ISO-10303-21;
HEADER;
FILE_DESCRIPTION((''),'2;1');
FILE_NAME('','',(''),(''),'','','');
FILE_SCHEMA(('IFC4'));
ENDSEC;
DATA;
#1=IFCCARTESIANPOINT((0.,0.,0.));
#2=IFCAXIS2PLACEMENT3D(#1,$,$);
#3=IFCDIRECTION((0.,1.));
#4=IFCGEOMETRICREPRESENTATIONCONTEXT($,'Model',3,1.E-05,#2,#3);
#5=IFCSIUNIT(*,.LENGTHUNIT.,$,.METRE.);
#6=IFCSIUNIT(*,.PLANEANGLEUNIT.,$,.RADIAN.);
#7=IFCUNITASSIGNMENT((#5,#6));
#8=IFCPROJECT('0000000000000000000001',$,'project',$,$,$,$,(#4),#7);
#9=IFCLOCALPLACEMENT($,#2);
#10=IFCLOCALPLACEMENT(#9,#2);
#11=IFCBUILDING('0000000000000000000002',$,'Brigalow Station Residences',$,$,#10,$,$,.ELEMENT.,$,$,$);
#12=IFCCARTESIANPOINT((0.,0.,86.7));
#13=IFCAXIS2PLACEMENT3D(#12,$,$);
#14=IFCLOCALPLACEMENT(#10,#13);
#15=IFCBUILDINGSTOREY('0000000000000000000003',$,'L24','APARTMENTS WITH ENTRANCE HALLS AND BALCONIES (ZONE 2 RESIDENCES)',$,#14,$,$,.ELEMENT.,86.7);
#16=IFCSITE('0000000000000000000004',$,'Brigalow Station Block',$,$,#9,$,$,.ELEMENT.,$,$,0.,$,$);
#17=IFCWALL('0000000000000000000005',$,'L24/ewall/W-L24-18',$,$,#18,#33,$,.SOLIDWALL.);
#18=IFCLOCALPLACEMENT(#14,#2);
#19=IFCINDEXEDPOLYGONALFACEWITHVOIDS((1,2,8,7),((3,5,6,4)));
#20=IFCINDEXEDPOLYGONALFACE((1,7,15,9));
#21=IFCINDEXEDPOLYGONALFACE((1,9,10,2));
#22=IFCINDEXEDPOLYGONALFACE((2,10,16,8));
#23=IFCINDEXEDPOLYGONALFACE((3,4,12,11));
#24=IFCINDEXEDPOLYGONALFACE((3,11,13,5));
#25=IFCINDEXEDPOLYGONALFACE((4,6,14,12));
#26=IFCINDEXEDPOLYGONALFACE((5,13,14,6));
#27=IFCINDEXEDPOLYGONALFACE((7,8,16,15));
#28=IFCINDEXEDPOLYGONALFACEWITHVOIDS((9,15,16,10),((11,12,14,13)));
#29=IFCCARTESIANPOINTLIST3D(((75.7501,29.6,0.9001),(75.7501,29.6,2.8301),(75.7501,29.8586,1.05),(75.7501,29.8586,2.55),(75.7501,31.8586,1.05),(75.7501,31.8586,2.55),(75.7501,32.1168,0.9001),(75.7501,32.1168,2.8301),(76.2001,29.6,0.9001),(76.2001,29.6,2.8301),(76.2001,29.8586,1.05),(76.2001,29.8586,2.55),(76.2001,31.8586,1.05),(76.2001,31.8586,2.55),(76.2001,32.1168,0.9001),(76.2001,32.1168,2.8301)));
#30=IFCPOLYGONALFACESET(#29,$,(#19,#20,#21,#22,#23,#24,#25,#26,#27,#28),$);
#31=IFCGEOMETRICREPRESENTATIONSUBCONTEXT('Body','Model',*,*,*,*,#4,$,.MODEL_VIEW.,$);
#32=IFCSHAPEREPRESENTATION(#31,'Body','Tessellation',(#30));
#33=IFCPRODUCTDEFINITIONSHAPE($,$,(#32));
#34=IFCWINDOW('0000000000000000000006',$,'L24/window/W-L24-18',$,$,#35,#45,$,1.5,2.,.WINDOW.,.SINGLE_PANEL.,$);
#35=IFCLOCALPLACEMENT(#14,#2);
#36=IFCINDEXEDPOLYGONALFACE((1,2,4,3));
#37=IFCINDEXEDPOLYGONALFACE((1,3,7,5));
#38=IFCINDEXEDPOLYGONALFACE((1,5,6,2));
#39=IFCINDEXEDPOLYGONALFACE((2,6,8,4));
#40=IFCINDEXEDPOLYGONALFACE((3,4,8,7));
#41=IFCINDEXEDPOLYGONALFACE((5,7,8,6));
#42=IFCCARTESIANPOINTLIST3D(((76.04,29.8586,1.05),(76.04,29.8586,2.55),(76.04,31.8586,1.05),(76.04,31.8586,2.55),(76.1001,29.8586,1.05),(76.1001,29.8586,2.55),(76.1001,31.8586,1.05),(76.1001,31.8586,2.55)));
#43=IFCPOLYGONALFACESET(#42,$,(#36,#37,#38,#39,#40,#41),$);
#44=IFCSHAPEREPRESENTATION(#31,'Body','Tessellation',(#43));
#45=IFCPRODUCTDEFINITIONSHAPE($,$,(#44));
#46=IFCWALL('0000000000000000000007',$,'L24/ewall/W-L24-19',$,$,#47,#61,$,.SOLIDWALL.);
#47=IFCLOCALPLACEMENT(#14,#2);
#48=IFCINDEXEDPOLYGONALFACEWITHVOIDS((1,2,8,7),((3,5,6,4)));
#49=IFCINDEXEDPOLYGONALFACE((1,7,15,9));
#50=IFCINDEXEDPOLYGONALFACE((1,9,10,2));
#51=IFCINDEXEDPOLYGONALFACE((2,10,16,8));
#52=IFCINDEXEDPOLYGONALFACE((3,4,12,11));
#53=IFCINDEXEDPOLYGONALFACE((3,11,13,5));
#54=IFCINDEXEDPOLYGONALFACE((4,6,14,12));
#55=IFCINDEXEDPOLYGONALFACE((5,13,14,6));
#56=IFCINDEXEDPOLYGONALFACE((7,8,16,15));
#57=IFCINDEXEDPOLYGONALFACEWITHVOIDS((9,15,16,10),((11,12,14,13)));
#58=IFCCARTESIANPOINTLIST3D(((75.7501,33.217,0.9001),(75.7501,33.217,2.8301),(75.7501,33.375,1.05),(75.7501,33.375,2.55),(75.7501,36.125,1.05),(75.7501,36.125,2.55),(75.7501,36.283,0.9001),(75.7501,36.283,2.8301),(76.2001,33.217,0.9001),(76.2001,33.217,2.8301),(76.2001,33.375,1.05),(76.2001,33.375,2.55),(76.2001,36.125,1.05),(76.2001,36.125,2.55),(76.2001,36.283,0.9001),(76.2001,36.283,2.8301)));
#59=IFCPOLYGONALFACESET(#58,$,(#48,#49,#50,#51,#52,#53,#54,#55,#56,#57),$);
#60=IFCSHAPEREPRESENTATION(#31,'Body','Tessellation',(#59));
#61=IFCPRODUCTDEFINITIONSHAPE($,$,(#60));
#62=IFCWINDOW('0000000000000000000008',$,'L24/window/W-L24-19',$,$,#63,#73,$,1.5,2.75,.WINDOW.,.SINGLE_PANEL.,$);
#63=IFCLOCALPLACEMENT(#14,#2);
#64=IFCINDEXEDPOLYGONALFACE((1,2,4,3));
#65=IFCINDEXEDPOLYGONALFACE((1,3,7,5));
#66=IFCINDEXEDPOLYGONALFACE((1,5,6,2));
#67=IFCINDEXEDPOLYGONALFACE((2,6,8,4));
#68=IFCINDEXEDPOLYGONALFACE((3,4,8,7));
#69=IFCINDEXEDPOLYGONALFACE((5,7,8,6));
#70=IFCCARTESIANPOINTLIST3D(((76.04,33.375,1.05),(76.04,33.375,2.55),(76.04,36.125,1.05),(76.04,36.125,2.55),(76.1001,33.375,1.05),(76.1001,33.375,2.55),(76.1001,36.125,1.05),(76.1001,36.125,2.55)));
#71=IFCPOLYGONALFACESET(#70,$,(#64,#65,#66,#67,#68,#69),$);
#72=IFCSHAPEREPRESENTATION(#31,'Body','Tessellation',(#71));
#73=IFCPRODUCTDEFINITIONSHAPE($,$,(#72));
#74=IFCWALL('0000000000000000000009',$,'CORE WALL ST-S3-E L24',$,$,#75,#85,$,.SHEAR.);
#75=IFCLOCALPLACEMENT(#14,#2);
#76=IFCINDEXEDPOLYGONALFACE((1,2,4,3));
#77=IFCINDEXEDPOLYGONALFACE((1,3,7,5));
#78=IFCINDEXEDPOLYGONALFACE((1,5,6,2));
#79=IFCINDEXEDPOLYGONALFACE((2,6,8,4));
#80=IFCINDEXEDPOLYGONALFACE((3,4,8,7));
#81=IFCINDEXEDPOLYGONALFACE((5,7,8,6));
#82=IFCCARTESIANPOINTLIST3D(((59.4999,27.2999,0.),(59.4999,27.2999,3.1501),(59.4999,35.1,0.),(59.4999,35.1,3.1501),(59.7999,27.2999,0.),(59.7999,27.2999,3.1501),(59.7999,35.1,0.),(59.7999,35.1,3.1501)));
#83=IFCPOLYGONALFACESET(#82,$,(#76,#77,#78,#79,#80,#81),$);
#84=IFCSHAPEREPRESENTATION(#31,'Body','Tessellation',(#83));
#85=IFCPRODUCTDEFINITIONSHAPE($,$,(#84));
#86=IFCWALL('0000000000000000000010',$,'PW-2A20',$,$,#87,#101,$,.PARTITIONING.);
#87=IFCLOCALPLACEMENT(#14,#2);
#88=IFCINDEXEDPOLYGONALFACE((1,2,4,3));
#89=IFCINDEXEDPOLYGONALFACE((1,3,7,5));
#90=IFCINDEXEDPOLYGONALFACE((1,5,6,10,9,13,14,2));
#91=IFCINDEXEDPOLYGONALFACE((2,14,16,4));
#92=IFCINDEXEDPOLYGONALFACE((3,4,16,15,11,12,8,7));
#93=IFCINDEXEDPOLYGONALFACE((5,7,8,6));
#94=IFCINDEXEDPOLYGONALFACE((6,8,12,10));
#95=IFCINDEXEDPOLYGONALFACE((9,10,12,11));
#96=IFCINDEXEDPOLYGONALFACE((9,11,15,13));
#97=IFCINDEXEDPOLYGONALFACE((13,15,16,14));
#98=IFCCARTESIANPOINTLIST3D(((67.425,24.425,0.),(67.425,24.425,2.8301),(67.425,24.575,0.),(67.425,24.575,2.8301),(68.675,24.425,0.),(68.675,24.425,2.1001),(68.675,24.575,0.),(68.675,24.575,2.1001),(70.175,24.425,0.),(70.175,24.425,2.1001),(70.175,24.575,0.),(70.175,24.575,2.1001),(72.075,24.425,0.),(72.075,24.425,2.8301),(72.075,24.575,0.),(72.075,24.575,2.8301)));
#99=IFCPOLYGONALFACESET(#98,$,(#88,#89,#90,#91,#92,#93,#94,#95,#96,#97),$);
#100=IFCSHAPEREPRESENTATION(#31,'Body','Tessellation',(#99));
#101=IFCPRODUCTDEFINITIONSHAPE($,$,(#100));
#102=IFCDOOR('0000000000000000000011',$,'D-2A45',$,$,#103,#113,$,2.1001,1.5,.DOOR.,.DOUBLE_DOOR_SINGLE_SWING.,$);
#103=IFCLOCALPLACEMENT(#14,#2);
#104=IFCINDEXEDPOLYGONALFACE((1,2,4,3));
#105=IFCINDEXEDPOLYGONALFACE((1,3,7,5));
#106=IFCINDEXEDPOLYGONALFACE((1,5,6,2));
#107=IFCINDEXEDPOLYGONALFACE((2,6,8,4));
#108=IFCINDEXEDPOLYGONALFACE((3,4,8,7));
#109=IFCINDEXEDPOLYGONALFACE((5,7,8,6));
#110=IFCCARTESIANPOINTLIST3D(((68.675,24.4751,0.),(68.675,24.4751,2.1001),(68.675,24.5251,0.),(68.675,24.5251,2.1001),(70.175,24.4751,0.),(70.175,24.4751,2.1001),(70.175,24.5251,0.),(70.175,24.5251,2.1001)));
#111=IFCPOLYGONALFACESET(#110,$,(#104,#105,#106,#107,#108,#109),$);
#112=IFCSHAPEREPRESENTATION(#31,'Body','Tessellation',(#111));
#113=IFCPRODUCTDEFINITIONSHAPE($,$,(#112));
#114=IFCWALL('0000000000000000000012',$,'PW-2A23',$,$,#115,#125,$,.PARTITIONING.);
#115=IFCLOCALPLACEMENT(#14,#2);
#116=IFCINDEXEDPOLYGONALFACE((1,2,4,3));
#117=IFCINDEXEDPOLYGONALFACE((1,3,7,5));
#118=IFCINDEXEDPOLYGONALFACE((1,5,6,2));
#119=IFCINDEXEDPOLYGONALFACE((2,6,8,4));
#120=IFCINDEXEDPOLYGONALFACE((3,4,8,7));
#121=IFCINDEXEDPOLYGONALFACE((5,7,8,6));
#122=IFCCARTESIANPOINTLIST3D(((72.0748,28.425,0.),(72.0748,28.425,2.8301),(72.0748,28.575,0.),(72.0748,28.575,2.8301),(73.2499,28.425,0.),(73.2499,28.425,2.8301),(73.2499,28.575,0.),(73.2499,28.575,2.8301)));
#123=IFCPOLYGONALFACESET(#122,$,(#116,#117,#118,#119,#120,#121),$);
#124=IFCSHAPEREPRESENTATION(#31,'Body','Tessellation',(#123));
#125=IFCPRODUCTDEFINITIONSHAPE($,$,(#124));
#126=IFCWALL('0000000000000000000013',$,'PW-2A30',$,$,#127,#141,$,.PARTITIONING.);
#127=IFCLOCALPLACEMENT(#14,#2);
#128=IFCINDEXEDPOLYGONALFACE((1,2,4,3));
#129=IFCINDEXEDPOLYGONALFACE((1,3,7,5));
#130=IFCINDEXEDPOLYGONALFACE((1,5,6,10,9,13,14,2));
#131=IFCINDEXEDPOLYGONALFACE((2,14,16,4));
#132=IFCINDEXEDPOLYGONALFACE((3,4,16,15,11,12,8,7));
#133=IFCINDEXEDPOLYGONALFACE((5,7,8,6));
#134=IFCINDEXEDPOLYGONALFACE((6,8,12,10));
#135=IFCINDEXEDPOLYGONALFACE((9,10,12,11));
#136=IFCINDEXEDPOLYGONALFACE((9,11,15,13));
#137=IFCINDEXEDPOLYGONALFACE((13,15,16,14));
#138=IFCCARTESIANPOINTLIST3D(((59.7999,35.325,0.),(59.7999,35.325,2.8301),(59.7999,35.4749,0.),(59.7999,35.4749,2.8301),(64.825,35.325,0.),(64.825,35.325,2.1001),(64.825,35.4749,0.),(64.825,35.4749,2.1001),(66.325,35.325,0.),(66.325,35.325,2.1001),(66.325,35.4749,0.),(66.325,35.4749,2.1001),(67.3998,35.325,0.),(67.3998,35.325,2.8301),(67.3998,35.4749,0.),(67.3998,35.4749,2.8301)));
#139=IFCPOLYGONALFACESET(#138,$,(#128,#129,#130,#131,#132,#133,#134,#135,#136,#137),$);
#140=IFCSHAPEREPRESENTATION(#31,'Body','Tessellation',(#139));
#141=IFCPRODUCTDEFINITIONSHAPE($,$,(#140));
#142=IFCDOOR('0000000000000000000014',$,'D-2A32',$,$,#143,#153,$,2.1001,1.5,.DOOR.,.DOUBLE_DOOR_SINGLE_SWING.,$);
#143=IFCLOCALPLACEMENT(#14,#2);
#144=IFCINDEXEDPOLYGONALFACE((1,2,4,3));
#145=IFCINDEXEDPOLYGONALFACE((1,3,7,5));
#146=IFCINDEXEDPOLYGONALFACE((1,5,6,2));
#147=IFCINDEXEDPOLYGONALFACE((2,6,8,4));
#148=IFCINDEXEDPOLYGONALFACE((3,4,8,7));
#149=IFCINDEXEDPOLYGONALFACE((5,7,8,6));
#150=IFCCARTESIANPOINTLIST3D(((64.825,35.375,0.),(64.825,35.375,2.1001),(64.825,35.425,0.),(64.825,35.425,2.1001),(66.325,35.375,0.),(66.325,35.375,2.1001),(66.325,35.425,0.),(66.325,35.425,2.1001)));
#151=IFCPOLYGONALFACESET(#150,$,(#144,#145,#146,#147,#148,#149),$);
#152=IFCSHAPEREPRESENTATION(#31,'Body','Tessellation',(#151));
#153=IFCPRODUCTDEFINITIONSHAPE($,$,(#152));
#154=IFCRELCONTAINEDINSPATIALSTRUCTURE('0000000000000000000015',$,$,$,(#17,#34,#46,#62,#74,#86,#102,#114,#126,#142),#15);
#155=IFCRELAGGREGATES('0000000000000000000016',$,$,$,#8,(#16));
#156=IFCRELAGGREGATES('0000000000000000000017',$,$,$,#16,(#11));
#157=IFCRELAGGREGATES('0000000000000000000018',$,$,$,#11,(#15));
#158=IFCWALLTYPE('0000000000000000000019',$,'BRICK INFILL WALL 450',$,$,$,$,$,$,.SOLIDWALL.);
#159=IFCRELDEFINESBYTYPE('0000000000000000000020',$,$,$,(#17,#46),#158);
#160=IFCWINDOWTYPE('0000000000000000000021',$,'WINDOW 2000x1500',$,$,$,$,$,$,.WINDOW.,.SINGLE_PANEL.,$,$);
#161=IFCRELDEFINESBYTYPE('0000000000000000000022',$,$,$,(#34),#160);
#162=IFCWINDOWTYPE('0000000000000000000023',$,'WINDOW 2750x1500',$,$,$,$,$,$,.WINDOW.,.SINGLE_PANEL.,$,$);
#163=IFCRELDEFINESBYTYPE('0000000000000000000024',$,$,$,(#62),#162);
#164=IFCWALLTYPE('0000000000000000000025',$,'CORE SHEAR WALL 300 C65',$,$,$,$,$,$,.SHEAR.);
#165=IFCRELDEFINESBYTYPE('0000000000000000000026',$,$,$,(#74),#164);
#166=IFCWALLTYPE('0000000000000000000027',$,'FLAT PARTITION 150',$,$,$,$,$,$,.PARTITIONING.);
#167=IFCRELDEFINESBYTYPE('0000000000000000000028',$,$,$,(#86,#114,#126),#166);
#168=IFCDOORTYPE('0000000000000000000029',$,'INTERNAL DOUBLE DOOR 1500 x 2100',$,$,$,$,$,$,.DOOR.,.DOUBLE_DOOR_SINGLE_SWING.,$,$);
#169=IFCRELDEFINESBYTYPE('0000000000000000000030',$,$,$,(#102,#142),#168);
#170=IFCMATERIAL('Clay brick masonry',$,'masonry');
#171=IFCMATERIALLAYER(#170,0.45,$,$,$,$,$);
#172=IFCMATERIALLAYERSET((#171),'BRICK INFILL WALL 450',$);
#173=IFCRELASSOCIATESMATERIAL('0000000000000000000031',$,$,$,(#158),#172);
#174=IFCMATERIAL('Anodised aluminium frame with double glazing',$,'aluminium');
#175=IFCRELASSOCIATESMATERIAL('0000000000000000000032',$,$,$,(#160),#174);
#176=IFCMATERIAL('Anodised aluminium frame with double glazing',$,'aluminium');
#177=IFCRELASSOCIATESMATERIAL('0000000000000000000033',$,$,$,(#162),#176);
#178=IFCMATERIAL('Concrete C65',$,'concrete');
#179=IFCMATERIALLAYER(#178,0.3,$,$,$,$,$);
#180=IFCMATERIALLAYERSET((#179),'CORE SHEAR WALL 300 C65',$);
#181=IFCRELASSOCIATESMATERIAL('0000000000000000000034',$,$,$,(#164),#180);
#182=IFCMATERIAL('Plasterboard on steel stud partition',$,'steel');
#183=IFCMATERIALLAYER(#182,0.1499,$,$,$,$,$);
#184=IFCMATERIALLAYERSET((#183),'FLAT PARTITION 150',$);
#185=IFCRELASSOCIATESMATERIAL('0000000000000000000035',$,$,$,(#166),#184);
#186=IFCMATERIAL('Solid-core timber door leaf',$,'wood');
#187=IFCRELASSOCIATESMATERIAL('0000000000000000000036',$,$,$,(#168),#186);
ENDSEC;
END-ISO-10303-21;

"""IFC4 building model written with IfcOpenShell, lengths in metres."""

from ifc_helpers import new_model, si_unit, direction, frame, frame_2d, origin, place, context, subcontext, project, spatial, rectangle, extrude, material, layer, layer_set, type_object, element, fill, save


model = new_model("IFC4")

# Units and contexts
model_context = context("Model", 3, precision=1e-05, world=origin(), true_north=direction((0.0, 1.0)))
body_context = subcontext(model_context, "Body", "Model", "MODEL_VIEW")
ifc_project = project(units=[si_unit("LENGTHUNIT", "METRE"), si_unit("PLANEANGLEUNIT", "RADIAN")], contexts=[model_context])

# Site, building, storey
site_placement = place(None, origin())
site = spatial("IfcSite", under=ifc_project, at=site_placement, Name="Brigalow Station Block", CompositionType="ELEMENT", RefElevation=0.0)
building_placement = place(site_placement, origin())
building = spatial("IfcBuilding", under=site, at=building_placement, Name="Brigalow Station Residences", CompositionType="ELEMENT")
storey_placement = place(building_placement, frame((0.0, 0.0, 86.7)))
storey = spatial("IfcBuildingStorey", under=building, at=storey_placement, Name="L24", Description="APARTMENTS WITH ENTRANCE HALLS AND BALCONIES (ZONE 2 RESIDENCES)", CompositionType="ELEMENT", Elevation=86.7)

# Shared definitions
ifc_material_1 = material(Name="Clay brick masonry", Category="masonry")
ifc_layer_1 = layer(ifc_material_1, 0.45)
ifc_layer_set_1 = layer_set([ifc_layer_1], Name="BRICK INFILL WALL 450")
wall_type_1 = type_object("IfcWallType", Name="BRICK INFILL WALL 450", PredefinedType="SOLIDWALL", material=ifc_layer_set_1)

# Walls, openings, windows
wall_1_placement = place(storey_placement, frame((75.9751, 29.6001, 0.9001), z_axis=(0.0, 0.0, 1.0), x_axis=(0.0, 1.0, 0.0)))
wall_1 = element("IfcWall", 1, at=wall_1_placement, inside=storey, type_object=wall_type_1, Name="L24/ewall/W-L24-18", PredefinedType="SOLIDWALL", context=body_context, shape_type="SweptSolid", body=[
    extrude(rectangle(XDim=2.5168, YDim=0.45, at=frame_2d((1.2583, 0.0))), origin(), (0.0, 0.0, 1.0), 1.9299),
])
opening_1_placement = place(wall_1_placement, frame((0.2585, 0.0, 0.1499)))
opening_1 = element("IfcOpeningElement", 2, at=opening_1_placement, cuts=wall_1, PredefinedType="OPENING", context=body_context, shape_type="SweptSolid", body=[
    extrude(rectangle(XDim=2.0, YDim=1.5, at=frame_2d((1.0, 0.75))), frame((0.0, 0.2349, 0.0), z_axis=(0.0, -1.0, 0.0), x_axis=(1.0, 0.0, 0.0)), (0.0, 0.0, 1.0), 0.47),
])
ifc_material_2 = material(Name="Anodised aluminium frame with double glazing", Category="aluminium")
window_type_1 = type_object("IfcWindowType", Name="WINDOW 2000x1500", PartitioningType="SINGLE_PANEL", PredefinedType="WINDOW", material=ifc_material_2)
window_1_placement = place(opening_1_placement, origin())
window_1 = element("IfcWindow", 3, at=window_1_placement, inside=storey, type_object=window_type_1, Name="L24/window/W-L24-18", OverallHeight=1.5, OverallWidth=2.0, PartitioningType="SINGLE_PANEL", PredefinedType="WINDOW", context=body_context, shape_type="SweptSolid", body=[
    extrude(rectangle(XDim=2.0, YDim=1.5, at=frame_2d((1.0, 0.75))), frame((0.0, -0.0649, 0.0), z_axis=(0.0, -1.0, 0.0), x_axis=(1.0, 0.0, 0.0)), (0.0, 0.0, 1.0), 0.0601),
])
fill(opening_1, window_1)
wall_2_placement = place(storey_placement, frame((75.9751, 33.217, 0.9001), z_axis=(0.0, 0.0, 1.0), x_axis=(0.0, 1.0, 0.0)))
wall_2 = element("IfcWall", 4, at=wall_2_placement, inside=storey, type_object=wall_type_1, Name="L24/ewall/W-L24-19", PredefinedType="SOLIDWALL", context=body_context, shape_type="SweptSolid", body=[
    extrude(rectangle(XDim=3.0659, YDim=0.45, at=frame_2d((1.533, 0.0))), origin(), (0.0, 0.0, 1.0), 1.9299),
])
opening_2_placement = place(wall_2_placement, frame((0.158, 0.0, 0.1499)))
opening_2 = element("IfcOpeningElement", 5, at=opening_2_placement, cuts=wall_2, PredefinedType="OPENING", context=body_context, shape_type="SweptSolid", body=[
    extrude(rectangle(XDim=2.75, YDim=1.5, at=frame_2d((1.375, 0.75))), frame((0.0, 0.2349, 0.0), z_axis=(0.0, -1.0, 0.0), x_axis=(1.0, 0.0, 0.0)), (0.0, 0.0, 1.0), 0.47),
])
ifc_material_3 = material(Name="Anodised aluminium frame with double glazing", Category="aluminium")
window_type_2 = type_object("IfcWindowType", Name="WINDOW 2750x1500", PartitioningType="SINGLE_PANEL", PredefinedType="WINDOW", material=ifc_material_3)
window_2_placement = place(opening_2_placement, origin())
window_2 = element("IfcWindow", 6, at=window_2_placement, inside=storey, type_object=window_type_2, Name="L24/window/W-L24-19", OverallHeight=1.5, OverallWidth=2.75, PartitioningType="SINGLE_PANEL", PredefinedType="WINDOW", context=body_context, shape_type="SweptSolid", body=[
    extrude(rectangle(XDim=2.75, YDim=1.5, at=frame_2d((1.375, 0.75))), frame((0.0, -0.0649, 0.0), z_axis=(0.0, -1.0, 0.0), x_axis=(1.0, 0.0, 0.0)), (0.0, 0.0, 1.0), 0.0601),
])
fill(opening_2, window_2)

# Wall
ifc_material_4 = material(Name="Concrete C65", Category="concrete")
ifc_layer_2 = layer(ifc_material_4, 0.3)
ifc_layer_set_2 = layer_set([ifc_layer_2], Name="CORE SHEAR WALL 300 C65")
wall_type_2 = type_object("IfcWallType", Name="CORE SHEAR WALL 300 C65", PredefinedType="SHEAR", material=ifc_layer_set_2)
wall_3_placement = place(storey_placement, frame((59.6499, 27.3, 0.0), z_axis=(0.0, 0.0, 1.0), x_axis=(0.0, 1.0, 0.0)))
element("IfcWall", 7, at=wall_3_placement, inside=storey, type_object=wall_type_2, Name="CORE WALL ST-S3-E L24", PredefinedType="SHEAR", context=body_context, shape_type="SweptSolid", body=[
    extrude(rectangle(XDim=7.8, YDim=0.3, at=frame_2d((3.8999, 0.0))), origin(), (0.0, 0.0, 1.0), 3.1501),
])

# Wall, opening, door
ifc_material_5 = material(Name="Plasterboard on steel stud partition", Category="steel")
ifc_layer_3 = layer(ifc_material_5, 0.1499)
ifc_layer_set_3 = layer_set([ifc_layer_3], Name="FLAT PARTITION 150")
wall_type_3 = type_object("IfcWallType", Name="FLAT PARTITION 150", PredefinedType="PARTITIONING", material=ifc_layer_set_3)
wall_4_placement = place(storey_placement, frame((67.425, 24.5, 0.0), z_axis=(0.0, 0.0, 1.0), x_axis=(1.0, 0.0, 0.0)))
wall_4 = element("IfcWall", 8, at=wall_4_placement, inside=storey, type_object=wall_type_3, Name="PW-2A20", PredefinedType="PARTITIONING", context=body_context, shape_type="SweptSolid", body=[
    extrude(rectangle(XDim=4.6499, YDim=0.1499, at=frame_2d((2.325, 0.0))), origin(), (0.0, 0.0, 1.0), 2.8301),
])
opening_3_placement = place(wall_4_placement, frame((1.25, 0.0, 0.0)))
opening_3 = element("IfcOpeningElement", 9, at=opening_3_placement, cuts=wall_4, PredefinedType="OPENING", context=body_context, shape_type="SweptSolid", body=[
    extrude(rectangle(XDim=1.5, YDim=2.1001, at=frame_2d((0.75, 1.05))), frame((0.0, 0.085, 0.0), z_axis=(0.0, -1.0, 0.0), x_axis=(1.0, 0.0, 0.0)), (0.0, 0.0, 1.0), 0.1699),
])
ifc_material_6 = material(Name="Solid-core timber door leaf", Category="wood")
door_type_1 = type_object("IfcDoorType", Name="INTERNAL DOUBLE DOOR 1500 x 2100", OperationType="DOUBLE_DOOR_SINGLE_SWING", PredefinedType="DOOR", material=ifc_material_6)
door_1_placement = place(opening_3_placement, frame((1.5, 0.0, 0.0), z_axis=(0.0, 0.0, 1.0), x_axis=(-1.0, 0.0, 0.0)))
door_1 = element("IfcDoor", 10, at=door_1_placement, inside=storey, type_object=door_type_1, Name="D-2A45", OperationType="DOUBLE_DOOR_SINGLE_SWING", OverallHeight=2.1001, OverallWidth=1.5, PredefinedType="DOOR", context=body_context, shape_type="SweptSolid", body=[
    extrude(rectangle(XDim=1.5, YDim=2.1001, at=frame_2d((0.75, 1.05))), frame((0.0, 0.0249, 0.0), z_axis=(0.0, -1.0, 0.0), x_axis=(1.0, 0.0, 0.0)), (0.0, 0.0, 1.0), 0.05),
])
fill(opening_3, door_1)

# Wall
wall_5_placement = place(storey_placement, frame((72.075, 28.5, 0.0), z_axis=(0.0, 0.0, 1.0), x_axis=(1.0, 0.0, 0.0)))
element("IfcWall", 11, at=wall_5_placement, inside=storey, type_object=wall_type_3, Name="PW-2A23", PredefinedType="PARTITIONING", context=body_context, shape_type="SweptSolid", body=[
    extrude(rectangle(XDim=1.175, YDim=0.1499, at=frame_2d((0.5874, 0.0))), origin(), (0.0, 0.0, 1.0), 2.8301),
])

# Wall, opening, door
wall_6_placement = place(storey_placement, frame((59.8, 35.3999, 0.0), z_axis=(0.0, 0.0, 1.0), x_axis=(1.0, 0.0, 0.0)))
wall_6 = element("IfcWall", 12, at=wall_6_placement, inside=storey, type_object=wall_type_3, Name="PW-2A30", PredefinedType="PARTITIONING", context=body_context, shape_type="SweptSolid", body=[
    extrude(rectangle(XDim=7.5999, YDim=0.1499, at=frame_2d((3.7998, 0.0))), origin(), (0.0, 0.0, 1.0), 2.8301),
])
opening_4_placement = place(wall_6_placement, frame((5.0249, 0.0, 0.0)))
opening_4 = element("IfcOpeningElement", 13, at=opening_4_placement, cuts=wall_6, PredefinedType="OPENING", context=body_context, shape_type="SweptSolid", body=[
    extrude(rectangle(XDim=1.5, YDim=2.1001, at=frame_2d((0.75, 1.05))), frame((0.0, 0.085, 0.0), z_axis=(0.0, -1.0, 0.0), x_axis=(1.0, 0.0, 0.0)), (0.0, 0.0, 1.0), 0.1699),
])
door_2_placement = place(opening_4_placement, frame((1.5, 0.0, 0.0), z_axis=(0.0, 0.0, 1.0), x_axis=(-1.0, 0.0, 0.0)))
door_2 = element("IfcDoor", 14, at=door_2_placement, inside=storey, type_object=door_type_1, Name="D-2A32", OperationType="DOUBLE_DOOR_SINGLE_SWING", OverallHeight=2.1001, OverallWidth=1.5, PredefinedType="DOOR", context=body_context, shape_type="SweptSolid", body=[
    extrude(rectangle(XDim=1.5, YDim=2.1001, at=frame_2d((0.75, 1.05))), frame((0.0, 0.0249, 0.0), z_axis=(0.0, -1.0, 0.0), x_axis=(1.0, 0.0, 0.0)), (0.0, 0.0, 1.0), 0.05),
])
fill(opening_4, door_2)

save(model, "model.ifc")
